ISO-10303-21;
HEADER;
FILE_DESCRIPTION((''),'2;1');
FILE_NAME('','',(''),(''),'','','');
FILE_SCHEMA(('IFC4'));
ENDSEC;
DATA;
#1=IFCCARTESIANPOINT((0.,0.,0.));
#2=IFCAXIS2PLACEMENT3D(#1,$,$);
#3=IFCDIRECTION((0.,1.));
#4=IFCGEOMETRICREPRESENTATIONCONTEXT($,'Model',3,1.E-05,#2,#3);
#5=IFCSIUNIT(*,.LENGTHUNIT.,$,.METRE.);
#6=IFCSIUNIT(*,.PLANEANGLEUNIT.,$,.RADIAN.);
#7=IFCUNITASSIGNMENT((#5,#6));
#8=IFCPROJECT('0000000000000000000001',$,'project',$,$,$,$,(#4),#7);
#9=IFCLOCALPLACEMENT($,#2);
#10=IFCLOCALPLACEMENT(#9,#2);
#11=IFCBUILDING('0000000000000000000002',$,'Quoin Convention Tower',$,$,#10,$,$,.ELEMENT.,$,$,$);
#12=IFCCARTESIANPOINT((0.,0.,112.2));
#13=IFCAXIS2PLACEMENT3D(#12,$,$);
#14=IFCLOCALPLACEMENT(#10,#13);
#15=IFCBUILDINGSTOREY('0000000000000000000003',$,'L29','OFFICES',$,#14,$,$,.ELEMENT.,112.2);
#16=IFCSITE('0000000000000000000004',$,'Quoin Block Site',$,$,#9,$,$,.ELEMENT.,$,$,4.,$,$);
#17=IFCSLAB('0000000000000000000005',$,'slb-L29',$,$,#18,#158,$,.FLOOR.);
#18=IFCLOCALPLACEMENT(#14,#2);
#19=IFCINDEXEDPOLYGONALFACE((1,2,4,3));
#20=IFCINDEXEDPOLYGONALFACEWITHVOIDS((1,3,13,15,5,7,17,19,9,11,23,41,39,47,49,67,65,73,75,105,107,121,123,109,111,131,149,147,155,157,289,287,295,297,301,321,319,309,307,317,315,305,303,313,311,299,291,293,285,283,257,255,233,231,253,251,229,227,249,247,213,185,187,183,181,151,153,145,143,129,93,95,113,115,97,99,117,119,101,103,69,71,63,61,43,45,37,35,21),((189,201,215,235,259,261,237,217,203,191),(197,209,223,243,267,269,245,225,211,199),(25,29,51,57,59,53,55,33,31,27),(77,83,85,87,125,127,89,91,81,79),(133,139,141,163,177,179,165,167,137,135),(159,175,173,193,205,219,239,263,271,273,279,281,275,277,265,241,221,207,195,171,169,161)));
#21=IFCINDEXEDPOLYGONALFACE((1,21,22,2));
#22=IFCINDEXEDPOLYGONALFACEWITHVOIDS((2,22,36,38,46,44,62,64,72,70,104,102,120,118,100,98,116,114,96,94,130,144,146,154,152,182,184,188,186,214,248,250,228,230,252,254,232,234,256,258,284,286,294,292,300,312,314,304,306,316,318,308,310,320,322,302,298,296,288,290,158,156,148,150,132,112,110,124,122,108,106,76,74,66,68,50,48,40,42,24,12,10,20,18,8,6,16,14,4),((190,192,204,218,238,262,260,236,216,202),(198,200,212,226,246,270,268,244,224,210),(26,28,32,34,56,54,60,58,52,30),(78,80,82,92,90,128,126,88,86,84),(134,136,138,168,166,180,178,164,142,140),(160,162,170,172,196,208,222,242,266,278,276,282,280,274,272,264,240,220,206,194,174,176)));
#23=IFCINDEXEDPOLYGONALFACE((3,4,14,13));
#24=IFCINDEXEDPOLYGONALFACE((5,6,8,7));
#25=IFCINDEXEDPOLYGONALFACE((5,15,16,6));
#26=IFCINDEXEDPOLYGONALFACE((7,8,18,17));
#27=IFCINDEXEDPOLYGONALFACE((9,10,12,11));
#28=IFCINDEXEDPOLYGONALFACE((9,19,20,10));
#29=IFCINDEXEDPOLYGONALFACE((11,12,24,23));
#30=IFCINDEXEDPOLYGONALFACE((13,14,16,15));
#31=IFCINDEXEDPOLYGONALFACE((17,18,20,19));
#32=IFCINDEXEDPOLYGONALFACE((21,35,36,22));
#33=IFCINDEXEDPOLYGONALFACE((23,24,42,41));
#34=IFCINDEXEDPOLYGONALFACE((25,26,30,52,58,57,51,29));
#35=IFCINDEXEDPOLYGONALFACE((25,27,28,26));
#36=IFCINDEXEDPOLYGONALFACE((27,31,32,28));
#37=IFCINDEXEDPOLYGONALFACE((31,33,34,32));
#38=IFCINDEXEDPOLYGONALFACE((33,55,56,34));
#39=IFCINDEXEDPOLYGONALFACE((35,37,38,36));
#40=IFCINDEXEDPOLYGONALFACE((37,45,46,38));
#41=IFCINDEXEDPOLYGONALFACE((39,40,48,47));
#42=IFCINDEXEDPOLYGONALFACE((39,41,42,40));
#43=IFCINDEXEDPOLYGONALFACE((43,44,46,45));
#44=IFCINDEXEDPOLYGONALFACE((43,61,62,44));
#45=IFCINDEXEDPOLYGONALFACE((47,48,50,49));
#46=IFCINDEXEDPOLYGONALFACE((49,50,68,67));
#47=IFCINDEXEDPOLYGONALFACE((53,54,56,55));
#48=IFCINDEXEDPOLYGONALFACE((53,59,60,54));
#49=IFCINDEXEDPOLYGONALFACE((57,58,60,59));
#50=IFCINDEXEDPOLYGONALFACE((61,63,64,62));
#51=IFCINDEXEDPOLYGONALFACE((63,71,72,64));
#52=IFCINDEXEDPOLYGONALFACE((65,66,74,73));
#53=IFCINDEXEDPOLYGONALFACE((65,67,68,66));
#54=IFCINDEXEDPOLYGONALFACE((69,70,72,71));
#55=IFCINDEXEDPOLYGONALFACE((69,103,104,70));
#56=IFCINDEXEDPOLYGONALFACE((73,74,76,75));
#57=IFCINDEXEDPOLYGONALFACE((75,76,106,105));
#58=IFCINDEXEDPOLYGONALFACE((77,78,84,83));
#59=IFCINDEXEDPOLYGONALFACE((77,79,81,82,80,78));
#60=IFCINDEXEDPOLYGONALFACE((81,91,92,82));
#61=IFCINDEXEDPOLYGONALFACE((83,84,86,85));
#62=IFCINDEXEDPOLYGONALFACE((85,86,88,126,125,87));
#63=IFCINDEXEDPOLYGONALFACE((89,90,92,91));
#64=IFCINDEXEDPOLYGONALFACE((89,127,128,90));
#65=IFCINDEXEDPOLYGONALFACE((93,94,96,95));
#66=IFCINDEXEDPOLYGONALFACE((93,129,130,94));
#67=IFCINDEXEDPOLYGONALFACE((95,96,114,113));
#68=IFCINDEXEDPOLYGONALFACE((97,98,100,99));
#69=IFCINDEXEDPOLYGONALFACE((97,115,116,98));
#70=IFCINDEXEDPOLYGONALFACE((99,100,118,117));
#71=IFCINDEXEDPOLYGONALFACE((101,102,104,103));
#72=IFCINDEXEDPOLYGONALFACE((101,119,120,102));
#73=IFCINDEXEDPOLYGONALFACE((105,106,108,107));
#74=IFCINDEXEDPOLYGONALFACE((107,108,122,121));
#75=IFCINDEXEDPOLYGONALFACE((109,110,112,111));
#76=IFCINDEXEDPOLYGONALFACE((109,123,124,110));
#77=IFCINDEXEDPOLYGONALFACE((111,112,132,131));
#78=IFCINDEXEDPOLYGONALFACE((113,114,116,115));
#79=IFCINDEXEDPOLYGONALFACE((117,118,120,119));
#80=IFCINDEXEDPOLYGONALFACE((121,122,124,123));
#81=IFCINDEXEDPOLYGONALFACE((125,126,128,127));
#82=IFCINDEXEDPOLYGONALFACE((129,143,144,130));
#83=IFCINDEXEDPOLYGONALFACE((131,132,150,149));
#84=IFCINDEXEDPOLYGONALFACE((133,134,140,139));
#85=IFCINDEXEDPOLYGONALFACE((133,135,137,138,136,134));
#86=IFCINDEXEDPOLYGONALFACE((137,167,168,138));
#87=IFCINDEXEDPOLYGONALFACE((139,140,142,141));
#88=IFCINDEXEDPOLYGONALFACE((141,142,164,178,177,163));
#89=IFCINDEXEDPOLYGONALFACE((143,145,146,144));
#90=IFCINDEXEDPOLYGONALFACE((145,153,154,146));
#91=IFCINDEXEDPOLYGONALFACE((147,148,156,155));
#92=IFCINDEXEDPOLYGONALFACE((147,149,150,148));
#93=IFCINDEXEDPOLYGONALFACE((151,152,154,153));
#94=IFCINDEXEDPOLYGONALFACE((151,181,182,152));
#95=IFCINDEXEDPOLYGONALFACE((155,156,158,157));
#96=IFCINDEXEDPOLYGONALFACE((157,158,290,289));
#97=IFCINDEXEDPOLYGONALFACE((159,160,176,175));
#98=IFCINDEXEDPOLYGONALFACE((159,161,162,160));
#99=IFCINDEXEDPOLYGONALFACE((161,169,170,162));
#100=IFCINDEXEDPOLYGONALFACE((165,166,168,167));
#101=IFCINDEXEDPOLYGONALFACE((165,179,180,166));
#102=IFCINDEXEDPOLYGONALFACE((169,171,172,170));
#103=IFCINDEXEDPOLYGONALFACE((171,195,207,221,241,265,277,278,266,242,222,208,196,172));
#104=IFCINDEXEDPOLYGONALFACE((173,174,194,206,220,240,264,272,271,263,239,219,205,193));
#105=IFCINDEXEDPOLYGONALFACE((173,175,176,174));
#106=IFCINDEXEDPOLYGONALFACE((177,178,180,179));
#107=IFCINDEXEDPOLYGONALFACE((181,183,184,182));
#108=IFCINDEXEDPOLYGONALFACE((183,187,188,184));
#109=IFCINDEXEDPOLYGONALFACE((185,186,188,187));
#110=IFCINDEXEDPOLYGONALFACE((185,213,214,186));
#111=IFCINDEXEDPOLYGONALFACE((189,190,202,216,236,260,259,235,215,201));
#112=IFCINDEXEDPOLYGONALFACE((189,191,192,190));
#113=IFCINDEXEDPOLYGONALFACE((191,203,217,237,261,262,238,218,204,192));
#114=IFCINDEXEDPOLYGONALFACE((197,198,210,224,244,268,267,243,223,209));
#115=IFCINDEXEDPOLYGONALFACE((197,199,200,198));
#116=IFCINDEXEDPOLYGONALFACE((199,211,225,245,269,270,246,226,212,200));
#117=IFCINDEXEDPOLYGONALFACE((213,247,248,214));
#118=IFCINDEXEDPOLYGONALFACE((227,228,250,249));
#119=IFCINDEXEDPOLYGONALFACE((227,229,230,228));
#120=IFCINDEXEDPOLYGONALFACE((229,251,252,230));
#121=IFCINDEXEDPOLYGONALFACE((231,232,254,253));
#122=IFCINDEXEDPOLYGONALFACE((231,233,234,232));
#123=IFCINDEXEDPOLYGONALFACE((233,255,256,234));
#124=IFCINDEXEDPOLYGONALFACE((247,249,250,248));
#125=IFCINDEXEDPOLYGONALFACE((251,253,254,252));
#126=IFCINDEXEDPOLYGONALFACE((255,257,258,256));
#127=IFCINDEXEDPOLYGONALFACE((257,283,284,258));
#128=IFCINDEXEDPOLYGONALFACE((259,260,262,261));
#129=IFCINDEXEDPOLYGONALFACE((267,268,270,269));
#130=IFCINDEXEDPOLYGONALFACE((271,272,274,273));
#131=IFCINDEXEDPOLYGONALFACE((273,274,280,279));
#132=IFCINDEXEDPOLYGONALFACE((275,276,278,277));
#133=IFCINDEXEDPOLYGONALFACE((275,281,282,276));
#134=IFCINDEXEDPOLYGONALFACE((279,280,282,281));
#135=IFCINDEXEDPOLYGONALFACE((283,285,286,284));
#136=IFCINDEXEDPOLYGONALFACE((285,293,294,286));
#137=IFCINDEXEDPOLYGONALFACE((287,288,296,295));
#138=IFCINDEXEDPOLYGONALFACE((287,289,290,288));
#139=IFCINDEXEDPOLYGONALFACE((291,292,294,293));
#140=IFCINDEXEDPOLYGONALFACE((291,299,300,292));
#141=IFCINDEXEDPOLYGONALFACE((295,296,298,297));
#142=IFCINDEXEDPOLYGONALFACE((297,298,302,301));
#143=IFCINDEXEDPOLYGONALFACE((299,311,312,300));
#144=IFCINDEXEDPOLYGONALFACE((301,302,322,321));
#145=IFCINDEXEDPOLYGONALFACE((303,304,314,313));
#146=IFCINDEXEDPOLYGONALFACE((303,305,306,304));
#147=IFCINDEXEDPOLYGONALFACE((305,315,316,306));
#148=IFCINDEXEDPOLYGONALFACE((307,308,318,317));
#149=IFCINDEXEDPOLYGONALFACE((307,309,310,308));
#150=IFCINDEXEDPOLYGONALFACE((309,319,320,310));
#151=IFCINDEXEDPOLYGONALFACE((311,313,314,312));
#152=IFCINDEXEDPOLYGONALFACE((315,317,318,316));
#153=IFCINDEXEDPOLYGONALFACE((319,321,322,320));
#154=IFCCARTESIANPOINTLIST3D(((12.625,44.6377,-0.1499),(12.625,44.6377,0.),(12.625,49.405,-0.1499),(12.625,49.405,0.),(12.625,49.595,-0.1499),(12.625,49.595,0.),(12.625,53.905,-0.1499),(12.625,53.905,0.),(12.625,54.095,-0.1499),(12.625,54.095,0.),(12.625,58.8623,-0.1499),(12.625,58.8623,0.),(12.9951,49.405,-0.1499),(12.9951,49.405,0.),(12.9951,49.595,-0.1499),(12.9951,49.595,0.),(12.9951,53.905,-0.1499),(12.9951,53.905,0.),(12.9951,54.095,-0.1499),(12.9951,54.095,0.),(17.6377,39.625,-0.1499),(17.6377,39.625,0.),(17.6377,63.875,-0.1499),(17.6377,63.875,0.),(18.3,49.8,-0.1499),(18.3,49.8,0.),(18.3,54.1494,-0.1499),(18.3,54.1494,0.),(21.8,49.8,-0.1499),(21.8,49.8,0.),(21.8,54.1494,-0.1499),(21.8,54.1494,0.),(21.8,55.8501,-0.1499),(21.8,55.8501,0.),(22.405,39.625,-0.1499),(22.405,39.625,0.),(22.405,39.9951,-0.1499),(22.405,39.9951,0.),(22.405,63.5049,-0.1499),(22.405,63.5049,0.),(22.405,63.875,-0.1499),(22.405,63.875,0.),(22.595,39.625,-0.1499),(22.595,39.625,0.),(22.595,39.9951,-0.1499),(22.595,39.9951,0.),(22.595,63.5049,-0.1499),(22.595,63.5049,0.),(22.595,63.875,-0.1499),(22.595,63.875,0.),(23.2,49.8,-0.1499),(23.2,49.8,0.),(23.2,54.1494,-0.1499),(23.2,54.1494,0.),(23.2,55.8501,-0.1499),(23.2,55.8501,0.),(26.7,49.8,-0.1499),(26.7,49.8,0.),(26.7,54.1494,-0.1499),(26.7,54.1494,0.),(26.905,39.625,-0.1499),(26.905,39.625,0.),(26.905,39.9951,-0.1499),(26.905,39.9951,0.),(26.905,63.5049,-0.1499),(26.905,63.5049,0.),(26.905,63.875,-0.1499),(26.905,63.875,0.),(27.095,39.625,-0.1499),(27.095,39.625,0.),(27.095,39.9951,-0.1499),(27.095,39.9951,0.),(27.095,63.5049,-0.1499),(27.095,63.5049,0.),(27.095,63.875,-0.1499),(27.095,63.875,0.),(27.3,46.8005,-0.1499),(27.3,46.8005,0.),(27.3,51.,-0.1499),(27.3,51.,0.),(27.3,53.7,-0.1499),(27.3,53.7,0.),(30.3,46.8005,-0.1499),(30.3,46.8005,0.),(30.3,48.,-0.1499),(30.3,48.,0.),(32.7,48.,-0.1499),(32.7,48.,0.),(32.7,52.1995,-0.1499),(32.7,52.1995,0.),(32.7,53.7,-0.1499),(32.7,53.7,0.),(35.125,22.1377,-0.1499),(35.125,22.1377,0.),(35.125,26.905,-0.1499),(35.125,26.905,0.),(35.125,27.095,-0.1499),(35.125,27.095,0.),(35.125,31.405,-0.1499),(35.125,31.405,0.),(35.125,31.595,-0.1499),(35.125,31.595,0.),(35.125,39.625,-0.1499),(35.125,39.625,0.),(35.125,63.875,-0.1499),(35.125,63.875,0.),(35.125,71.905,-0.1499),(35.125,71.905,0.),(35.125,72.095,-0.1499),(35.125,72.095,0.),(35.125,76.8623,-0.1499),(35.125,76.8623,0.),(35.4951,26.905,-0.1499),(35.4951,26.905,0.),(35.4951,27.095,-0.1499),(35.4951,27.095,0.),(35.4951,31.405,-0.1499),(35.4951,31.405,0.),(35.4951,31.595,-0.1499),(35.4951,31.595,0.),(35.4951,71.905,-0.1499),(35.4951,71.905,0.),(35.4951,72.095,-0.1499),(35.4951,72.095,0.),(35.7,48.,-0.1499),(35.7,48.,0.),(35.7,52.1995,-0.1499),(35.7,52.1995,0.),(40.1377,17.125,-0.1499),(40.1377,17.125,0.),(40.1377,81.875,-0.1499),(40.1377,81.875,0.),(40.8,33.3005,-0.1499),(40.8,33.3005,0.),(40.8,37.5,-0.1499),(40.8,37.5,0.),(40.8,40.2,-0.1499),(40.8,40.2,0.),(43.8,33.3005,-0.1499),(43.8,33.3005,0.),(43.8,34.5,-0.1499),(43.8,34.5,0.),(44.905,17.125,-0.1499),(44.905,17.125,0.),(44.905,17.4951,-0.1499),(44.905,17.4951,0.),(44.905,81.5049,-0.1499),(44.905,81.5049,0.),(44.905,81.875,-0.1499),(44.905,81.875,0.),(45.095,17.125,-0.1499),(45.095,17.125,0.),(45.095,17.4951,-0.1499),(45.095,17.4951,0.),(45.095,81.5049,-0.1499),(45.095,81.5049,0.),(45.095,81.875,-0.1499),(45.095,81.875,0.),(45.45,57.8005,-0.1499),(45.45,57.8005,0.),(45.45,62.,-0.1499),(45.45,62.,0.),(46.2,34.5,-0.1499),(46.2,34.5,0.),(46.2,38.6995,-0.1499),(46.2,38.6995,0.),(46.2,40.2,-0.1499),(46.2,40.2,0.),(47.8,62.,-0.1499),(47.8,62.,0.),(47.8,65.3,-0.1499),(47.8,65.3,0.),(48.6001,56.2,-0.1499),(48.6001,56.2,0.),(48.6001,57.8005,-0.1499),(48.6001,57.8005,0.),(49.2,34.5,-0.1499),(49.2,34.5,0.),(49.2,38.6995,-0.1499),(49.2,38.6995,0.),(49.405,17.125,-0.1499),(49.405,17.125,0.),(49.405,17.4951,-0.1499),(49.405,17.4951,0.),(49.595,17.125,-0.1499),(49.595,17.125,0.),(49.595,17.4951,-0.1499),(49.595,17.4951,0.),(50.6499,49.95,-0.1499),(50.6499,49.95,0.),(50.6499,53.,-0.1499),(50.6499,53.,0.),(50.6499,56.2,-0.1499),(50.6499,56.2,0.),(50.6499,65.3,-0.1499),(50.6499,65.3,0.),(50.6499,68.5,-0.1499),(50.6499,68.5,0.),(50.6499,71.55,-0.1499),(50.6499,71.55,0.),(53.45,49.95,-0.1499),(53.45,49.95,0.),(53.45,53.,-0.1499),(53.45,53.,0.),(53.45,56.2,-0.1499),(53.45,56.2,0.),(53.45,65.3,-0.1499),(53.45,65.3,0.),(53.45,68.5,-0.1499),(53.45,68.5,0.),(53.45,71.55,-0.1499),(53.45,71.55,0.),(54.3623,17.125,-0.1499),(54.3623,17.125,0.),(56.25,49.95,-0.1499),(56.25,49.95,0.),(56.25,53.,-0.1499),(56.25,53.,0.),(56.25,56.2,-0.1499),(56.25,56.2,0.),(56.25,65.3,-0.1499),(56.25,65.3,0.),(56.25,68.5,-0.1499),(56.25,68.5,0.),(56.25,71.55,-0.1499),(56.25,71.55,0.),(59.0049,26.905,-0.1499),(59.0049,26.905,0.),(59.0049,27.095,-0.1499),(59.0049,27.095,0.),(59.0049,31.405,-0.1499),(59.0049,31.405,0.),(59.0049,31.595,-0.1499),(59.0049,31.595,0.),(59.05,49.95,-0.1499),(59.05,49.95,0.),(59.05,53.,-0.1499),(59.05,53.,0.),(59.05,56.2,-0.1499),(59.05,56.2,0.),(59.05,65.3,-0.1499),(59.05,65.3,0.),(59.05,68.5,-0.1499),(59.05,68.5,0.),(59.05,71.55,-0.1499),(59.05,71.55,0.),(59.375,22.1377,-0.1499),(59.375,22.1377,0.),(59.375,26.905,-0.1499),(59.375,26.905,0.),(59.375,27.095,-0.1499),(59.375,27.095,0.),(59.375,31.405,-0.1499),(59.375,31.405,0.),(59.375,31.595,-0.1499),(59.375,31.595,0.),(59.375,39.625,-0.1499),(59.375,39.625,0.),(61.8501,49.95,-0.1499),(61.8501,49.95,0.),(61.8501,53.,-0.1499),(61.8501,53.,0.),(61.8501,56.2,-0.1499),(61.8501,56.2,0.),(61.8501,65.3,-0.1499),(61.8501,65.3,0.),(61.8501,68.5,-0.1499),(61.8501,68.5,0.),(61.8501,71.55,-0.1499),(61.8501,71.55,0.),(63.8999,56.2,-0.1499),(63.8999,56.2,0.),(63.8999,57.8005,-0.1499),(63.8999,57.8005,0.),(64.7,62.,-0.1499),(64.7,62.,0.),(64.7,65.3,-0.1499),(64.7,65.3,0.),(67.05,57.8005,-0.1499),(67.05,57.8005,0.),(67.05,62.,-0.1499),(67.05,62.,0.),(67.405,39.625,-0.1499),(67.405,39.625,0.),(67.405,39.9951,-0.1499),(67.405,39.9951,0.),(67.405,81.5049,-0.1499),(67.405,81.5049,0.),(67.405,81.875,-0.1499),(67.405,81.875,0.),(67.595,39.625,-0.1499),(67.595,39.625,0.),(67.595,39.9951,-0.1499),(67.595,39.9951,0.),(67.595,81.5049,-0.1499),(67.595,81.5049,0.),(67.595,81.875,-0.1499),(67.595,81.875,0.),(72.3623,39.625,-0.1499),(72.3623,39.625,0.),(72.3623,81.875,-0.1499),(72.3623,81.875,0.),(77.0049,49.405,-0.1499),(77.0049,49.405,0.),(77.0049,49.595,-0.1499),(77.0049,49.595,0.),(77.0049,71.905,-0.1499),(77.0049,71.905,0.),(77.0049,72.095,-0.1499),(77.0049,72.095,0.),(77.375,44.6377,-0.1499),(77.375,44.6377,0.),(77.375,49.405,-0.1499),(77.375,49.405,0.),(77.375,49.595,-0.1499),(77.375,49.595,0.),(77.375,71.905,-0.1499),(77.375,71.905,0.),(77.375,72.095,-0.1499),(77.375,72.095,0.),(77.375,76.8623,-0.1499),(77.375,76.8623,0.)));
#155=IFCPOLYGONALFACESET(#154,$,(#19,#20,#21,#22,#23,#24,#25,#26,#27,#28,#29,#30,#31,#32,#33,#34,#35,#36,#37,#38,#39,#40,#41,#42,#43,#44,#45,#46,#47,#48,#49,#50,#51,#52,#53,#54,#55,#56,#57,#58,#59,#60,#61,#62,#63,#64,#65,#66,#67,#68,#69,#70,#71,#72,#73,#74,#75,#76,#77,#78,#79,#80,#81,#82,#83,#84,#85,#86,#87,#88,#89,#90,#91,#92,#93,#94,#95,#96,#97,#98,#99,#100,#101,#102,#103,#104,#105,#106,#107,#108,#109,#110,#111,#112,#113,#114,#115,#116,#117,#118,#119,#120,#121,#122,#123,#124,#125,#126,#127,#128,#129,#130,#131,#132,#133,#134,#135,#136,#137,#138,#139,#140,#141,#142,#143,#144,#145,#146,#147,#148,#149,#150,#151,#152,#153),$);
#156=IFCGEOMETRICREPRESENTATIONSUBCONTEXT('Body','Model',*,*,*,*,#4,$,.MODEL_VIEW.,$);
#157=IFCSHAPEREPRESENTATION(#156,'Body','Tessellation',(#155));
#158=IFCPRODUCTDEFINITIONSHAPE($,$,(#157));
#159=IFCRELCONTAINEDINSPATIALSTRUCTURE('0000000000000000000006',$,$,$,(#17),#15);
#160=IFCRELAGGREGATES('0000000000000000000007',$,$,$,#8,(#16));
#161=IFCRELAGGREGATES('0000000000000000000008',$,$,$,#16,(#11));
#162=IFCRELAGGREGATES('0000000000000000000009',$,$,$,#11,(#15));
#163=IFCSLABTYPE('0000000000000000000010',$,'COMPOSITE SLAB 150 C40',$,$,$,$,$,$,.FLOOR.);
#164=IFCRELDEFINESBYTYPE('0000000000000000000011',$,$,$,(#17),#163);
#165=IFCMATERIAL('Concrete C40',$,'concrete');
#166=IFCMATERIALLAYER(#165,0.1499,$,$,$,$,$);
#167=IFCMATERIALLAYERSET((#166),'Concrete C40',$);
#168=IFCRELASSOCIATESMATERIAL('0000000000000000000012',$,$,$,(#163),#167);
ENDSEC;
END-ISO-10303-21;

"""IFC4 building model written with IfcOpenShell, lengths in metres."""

from ifc_helpers import new_model, si_unit, direction, frame, origin, place, context, subcontext, project, spatial, polyline, outline, extrude, material, layer, layer_set, type_object, element, save


model = new_model("IFC4")

# Units and contexts
model_context = context("Model", 3, precision=1e-05, world=origin(), true_north=direction((0.0, 1.0)))
body_context = subcontext(model_context, "Body", "Model", "MODEL_VIEW")
ifc_project = project(units=[si_unit("LENGTHUNIT", "METRE"), si_unit("PLANEANGLEUNIT", "RADIAN")], contexts=[model_context])

# Site, building, storey
site_placement = place(None, origin())
site = spatial("IfcSite", under=ifc_project, at=site_placement, Name="Quoin Block Site", CompositionType="ELEMENT", RefElevation=4.0)
building_placement = place(site_placement, origin())
building = spatial("IfcBuilding", under=site, at=building_placement, Name="Quoin Convention Tower", CompositionType="ELEMENT")
storey_placement = place(building_placement, frame((0.0, 0.0, 112.2)))
storey = spatial("IfcBuildingStorey", under=building, at=storey_placement, Name="L29", Description="OFFICES", CompositionType="ELEMENT", Elevation=112.2)

# Slab
ifc_material_1 = material(Name="Concrete C40", Category="concrete")
ifc_layer_1 = layer(ifc_material_1, 0.1499)
ifc_layer_set_1 = layer_set([ifc_layer_1], Name="Concrete C40")
slab_type_1 = type_object("IfcSlabType", Name="COMPOSITE SLAB 150 C40", PredefinedType="FLOOR", material=ifc_layer_set_1)
slab_1_placement = place(storey_placement, frame((0.0, 0.0, -0.1499)))
element("IfcSlab", 1, at=slab_1_placement, inside=storey, type_object=slab_type_1, Name="slb-L29", PredefinedType="FLOOR", context=body_context, shape_type="SweptSolid", body=[
    extrude(outline(polyline([(54.3623, 17.125), (49.595, 17.125), (49.595, 17.4951), (49.405, 17.4951), (49.405, 17.125), (45.095, 17.125), (45.095, 17.4951), (44.905, 17.4951), (44.905, 17.125), (40.1377, 17.125), (35.125, 22.1377), (35.125, 26.905), (35.4951, 26.905), (35.4951, 27.095), (35.125, 27.095), (35.125, 31.405), (35.4951, 31.405), (35.4951, 31.595), (35.125, 31.595), (35.125, 39.625), (27.095, 39.625), (27.095, 39.9951), (26.905, 39.9951), (26.905, 39.625), (22.595, 39.625), (22.595, 39.9951), (22.405, 39.9951), (22.405, 39.625), (17.6377, 39.625), (12.625, 44.6377), (12.625, 49.405), (12.9951, 49.405), (12.9951, 49.595), (12.625, 49.595), (12.625, 53.905), (12.9951, 53.905), (12.9951, 54.095), (12.625, 54.095), (12.625, 58.8623), (17.6377, 63.875), (22.405, 63.875), (22.405, 63.5049), (22.595, 63.5049), (22.595, 63.875), (26.905, 63.875), (26.905, 63.5049), (27.095, 63.5049), (27.095, 63.875), (35.125, 63.875), (35.125, 71.905), (35.4951, 71.905), (35.4951, 72.095), (35.125, 72.095), (35.125, 76.8623), (40.1377, 81.875), (44.905, 81.875), (44.905, 81.5049), (45.095, 81.5049), (45.095, 81.875), (67.405, 81.875), (67.405, 81.5049), (67.595, 81.5049), (67.595, 81.875), (72.3623, 81.875), (77.375, 76.8623), (77.375, 72.095), (77.0049, 72.095), (77.0049, 71.905), (77.375, 71.905), (77.375, 49.595), (77.0049, 49.595), (77.0049, 49.405), (77.375, 49.405), (77.375, 44.6377), (72.3623, 39.625), (67.595, 39.625), (67.595, 39.9951), (67.405, 39.9951), (67.405, 39.625), (59.375, 39.625), (59.375, 31.595), (59.0049, 31.595), (59.0049, 31.405), (59.375, 31.405), (59.375, 27.095), (59.0049, 27.095), (59.0049, 26.905), (59.375, 26.905), (59.375, 22.1377), (54.3623, 17.125)]), holes=[polyline([(40.8, 37.5), (40.8, 33.3005), (43.8, 33.3005), (43.8, 34.5), (46.2, 34.5), (49.2, 34.5), (49.2, 38.6995), (46.2, 38.6995), (46.2, 40.2), (40.8, 40.2), (40.8, 37.5)]), polyline([(32.7, 52.1995), (32.7, 53.7), (27.3, 53.7), (27.3, 51.0), (27.3, 46.8005), (30.3, 46.8005), (30.3, 48.0), (32.7, 48.0), (35.7, 48.0), (35.7, 52.1995), (32.7, 52.1995)]), polyline([(56.25, 49.95), (59.05, 49.95), (61.8501, 49.95), (61.8501, 53.0), (59.05, 53.0), (56.25, 53.0), (53.45, 53.0), (50.6499, 53.0), (50.6499, 49.95), (53.45, 49.95), (56.25, 49.95)]), polyline([(21.8, 54.1494), (18.3, 54.1494), (18.3, 49.8), (21.8, 49.8), (23.2, 49.8), (26.7, 49.8), (26.7, 54.1494), (23.2, 54.1494), (23.2, 55.8501), (21.8, 55.8501), (21.8, 54.1494)]), polyline([(48.6001, 56.2), (50.6499, 56.2), (53.45, 56.2), (56.25, 56.2), (59.05, 56.2), (61.8501, 56.2), (63.8999, 56.2), (63.8999, 57.8005), (67.05, 57.8005), (67.05, 62.0), (64.7, 62.0), (64.7, 65.3), (61.8501, 65.3), (59.05, 65.3), (56.25, 65.3), (53.45, 65.3), (50.6499, 65.3), (47.8, 65.3), (47.8, 62.0), (45.45, 62.0), (45.45, 57.8005), (48.6001, 57.8005), (48.6001, 56.2)]), polyline([(53.45, 68.5), (56.25, 68.5), (59.05, 68.5), (61.8501, 68.5), (61.8501, 71.55), (59.05, 71.55), (56.25, 71.55), (53.45, 71.55), (50.6499, 71.55), (50.6499, 68.5), (53.45, 68.5)])]), origin(), (0.0, 0.0, 1.0), 0.1499),
])

save(model, "model.ifc")
